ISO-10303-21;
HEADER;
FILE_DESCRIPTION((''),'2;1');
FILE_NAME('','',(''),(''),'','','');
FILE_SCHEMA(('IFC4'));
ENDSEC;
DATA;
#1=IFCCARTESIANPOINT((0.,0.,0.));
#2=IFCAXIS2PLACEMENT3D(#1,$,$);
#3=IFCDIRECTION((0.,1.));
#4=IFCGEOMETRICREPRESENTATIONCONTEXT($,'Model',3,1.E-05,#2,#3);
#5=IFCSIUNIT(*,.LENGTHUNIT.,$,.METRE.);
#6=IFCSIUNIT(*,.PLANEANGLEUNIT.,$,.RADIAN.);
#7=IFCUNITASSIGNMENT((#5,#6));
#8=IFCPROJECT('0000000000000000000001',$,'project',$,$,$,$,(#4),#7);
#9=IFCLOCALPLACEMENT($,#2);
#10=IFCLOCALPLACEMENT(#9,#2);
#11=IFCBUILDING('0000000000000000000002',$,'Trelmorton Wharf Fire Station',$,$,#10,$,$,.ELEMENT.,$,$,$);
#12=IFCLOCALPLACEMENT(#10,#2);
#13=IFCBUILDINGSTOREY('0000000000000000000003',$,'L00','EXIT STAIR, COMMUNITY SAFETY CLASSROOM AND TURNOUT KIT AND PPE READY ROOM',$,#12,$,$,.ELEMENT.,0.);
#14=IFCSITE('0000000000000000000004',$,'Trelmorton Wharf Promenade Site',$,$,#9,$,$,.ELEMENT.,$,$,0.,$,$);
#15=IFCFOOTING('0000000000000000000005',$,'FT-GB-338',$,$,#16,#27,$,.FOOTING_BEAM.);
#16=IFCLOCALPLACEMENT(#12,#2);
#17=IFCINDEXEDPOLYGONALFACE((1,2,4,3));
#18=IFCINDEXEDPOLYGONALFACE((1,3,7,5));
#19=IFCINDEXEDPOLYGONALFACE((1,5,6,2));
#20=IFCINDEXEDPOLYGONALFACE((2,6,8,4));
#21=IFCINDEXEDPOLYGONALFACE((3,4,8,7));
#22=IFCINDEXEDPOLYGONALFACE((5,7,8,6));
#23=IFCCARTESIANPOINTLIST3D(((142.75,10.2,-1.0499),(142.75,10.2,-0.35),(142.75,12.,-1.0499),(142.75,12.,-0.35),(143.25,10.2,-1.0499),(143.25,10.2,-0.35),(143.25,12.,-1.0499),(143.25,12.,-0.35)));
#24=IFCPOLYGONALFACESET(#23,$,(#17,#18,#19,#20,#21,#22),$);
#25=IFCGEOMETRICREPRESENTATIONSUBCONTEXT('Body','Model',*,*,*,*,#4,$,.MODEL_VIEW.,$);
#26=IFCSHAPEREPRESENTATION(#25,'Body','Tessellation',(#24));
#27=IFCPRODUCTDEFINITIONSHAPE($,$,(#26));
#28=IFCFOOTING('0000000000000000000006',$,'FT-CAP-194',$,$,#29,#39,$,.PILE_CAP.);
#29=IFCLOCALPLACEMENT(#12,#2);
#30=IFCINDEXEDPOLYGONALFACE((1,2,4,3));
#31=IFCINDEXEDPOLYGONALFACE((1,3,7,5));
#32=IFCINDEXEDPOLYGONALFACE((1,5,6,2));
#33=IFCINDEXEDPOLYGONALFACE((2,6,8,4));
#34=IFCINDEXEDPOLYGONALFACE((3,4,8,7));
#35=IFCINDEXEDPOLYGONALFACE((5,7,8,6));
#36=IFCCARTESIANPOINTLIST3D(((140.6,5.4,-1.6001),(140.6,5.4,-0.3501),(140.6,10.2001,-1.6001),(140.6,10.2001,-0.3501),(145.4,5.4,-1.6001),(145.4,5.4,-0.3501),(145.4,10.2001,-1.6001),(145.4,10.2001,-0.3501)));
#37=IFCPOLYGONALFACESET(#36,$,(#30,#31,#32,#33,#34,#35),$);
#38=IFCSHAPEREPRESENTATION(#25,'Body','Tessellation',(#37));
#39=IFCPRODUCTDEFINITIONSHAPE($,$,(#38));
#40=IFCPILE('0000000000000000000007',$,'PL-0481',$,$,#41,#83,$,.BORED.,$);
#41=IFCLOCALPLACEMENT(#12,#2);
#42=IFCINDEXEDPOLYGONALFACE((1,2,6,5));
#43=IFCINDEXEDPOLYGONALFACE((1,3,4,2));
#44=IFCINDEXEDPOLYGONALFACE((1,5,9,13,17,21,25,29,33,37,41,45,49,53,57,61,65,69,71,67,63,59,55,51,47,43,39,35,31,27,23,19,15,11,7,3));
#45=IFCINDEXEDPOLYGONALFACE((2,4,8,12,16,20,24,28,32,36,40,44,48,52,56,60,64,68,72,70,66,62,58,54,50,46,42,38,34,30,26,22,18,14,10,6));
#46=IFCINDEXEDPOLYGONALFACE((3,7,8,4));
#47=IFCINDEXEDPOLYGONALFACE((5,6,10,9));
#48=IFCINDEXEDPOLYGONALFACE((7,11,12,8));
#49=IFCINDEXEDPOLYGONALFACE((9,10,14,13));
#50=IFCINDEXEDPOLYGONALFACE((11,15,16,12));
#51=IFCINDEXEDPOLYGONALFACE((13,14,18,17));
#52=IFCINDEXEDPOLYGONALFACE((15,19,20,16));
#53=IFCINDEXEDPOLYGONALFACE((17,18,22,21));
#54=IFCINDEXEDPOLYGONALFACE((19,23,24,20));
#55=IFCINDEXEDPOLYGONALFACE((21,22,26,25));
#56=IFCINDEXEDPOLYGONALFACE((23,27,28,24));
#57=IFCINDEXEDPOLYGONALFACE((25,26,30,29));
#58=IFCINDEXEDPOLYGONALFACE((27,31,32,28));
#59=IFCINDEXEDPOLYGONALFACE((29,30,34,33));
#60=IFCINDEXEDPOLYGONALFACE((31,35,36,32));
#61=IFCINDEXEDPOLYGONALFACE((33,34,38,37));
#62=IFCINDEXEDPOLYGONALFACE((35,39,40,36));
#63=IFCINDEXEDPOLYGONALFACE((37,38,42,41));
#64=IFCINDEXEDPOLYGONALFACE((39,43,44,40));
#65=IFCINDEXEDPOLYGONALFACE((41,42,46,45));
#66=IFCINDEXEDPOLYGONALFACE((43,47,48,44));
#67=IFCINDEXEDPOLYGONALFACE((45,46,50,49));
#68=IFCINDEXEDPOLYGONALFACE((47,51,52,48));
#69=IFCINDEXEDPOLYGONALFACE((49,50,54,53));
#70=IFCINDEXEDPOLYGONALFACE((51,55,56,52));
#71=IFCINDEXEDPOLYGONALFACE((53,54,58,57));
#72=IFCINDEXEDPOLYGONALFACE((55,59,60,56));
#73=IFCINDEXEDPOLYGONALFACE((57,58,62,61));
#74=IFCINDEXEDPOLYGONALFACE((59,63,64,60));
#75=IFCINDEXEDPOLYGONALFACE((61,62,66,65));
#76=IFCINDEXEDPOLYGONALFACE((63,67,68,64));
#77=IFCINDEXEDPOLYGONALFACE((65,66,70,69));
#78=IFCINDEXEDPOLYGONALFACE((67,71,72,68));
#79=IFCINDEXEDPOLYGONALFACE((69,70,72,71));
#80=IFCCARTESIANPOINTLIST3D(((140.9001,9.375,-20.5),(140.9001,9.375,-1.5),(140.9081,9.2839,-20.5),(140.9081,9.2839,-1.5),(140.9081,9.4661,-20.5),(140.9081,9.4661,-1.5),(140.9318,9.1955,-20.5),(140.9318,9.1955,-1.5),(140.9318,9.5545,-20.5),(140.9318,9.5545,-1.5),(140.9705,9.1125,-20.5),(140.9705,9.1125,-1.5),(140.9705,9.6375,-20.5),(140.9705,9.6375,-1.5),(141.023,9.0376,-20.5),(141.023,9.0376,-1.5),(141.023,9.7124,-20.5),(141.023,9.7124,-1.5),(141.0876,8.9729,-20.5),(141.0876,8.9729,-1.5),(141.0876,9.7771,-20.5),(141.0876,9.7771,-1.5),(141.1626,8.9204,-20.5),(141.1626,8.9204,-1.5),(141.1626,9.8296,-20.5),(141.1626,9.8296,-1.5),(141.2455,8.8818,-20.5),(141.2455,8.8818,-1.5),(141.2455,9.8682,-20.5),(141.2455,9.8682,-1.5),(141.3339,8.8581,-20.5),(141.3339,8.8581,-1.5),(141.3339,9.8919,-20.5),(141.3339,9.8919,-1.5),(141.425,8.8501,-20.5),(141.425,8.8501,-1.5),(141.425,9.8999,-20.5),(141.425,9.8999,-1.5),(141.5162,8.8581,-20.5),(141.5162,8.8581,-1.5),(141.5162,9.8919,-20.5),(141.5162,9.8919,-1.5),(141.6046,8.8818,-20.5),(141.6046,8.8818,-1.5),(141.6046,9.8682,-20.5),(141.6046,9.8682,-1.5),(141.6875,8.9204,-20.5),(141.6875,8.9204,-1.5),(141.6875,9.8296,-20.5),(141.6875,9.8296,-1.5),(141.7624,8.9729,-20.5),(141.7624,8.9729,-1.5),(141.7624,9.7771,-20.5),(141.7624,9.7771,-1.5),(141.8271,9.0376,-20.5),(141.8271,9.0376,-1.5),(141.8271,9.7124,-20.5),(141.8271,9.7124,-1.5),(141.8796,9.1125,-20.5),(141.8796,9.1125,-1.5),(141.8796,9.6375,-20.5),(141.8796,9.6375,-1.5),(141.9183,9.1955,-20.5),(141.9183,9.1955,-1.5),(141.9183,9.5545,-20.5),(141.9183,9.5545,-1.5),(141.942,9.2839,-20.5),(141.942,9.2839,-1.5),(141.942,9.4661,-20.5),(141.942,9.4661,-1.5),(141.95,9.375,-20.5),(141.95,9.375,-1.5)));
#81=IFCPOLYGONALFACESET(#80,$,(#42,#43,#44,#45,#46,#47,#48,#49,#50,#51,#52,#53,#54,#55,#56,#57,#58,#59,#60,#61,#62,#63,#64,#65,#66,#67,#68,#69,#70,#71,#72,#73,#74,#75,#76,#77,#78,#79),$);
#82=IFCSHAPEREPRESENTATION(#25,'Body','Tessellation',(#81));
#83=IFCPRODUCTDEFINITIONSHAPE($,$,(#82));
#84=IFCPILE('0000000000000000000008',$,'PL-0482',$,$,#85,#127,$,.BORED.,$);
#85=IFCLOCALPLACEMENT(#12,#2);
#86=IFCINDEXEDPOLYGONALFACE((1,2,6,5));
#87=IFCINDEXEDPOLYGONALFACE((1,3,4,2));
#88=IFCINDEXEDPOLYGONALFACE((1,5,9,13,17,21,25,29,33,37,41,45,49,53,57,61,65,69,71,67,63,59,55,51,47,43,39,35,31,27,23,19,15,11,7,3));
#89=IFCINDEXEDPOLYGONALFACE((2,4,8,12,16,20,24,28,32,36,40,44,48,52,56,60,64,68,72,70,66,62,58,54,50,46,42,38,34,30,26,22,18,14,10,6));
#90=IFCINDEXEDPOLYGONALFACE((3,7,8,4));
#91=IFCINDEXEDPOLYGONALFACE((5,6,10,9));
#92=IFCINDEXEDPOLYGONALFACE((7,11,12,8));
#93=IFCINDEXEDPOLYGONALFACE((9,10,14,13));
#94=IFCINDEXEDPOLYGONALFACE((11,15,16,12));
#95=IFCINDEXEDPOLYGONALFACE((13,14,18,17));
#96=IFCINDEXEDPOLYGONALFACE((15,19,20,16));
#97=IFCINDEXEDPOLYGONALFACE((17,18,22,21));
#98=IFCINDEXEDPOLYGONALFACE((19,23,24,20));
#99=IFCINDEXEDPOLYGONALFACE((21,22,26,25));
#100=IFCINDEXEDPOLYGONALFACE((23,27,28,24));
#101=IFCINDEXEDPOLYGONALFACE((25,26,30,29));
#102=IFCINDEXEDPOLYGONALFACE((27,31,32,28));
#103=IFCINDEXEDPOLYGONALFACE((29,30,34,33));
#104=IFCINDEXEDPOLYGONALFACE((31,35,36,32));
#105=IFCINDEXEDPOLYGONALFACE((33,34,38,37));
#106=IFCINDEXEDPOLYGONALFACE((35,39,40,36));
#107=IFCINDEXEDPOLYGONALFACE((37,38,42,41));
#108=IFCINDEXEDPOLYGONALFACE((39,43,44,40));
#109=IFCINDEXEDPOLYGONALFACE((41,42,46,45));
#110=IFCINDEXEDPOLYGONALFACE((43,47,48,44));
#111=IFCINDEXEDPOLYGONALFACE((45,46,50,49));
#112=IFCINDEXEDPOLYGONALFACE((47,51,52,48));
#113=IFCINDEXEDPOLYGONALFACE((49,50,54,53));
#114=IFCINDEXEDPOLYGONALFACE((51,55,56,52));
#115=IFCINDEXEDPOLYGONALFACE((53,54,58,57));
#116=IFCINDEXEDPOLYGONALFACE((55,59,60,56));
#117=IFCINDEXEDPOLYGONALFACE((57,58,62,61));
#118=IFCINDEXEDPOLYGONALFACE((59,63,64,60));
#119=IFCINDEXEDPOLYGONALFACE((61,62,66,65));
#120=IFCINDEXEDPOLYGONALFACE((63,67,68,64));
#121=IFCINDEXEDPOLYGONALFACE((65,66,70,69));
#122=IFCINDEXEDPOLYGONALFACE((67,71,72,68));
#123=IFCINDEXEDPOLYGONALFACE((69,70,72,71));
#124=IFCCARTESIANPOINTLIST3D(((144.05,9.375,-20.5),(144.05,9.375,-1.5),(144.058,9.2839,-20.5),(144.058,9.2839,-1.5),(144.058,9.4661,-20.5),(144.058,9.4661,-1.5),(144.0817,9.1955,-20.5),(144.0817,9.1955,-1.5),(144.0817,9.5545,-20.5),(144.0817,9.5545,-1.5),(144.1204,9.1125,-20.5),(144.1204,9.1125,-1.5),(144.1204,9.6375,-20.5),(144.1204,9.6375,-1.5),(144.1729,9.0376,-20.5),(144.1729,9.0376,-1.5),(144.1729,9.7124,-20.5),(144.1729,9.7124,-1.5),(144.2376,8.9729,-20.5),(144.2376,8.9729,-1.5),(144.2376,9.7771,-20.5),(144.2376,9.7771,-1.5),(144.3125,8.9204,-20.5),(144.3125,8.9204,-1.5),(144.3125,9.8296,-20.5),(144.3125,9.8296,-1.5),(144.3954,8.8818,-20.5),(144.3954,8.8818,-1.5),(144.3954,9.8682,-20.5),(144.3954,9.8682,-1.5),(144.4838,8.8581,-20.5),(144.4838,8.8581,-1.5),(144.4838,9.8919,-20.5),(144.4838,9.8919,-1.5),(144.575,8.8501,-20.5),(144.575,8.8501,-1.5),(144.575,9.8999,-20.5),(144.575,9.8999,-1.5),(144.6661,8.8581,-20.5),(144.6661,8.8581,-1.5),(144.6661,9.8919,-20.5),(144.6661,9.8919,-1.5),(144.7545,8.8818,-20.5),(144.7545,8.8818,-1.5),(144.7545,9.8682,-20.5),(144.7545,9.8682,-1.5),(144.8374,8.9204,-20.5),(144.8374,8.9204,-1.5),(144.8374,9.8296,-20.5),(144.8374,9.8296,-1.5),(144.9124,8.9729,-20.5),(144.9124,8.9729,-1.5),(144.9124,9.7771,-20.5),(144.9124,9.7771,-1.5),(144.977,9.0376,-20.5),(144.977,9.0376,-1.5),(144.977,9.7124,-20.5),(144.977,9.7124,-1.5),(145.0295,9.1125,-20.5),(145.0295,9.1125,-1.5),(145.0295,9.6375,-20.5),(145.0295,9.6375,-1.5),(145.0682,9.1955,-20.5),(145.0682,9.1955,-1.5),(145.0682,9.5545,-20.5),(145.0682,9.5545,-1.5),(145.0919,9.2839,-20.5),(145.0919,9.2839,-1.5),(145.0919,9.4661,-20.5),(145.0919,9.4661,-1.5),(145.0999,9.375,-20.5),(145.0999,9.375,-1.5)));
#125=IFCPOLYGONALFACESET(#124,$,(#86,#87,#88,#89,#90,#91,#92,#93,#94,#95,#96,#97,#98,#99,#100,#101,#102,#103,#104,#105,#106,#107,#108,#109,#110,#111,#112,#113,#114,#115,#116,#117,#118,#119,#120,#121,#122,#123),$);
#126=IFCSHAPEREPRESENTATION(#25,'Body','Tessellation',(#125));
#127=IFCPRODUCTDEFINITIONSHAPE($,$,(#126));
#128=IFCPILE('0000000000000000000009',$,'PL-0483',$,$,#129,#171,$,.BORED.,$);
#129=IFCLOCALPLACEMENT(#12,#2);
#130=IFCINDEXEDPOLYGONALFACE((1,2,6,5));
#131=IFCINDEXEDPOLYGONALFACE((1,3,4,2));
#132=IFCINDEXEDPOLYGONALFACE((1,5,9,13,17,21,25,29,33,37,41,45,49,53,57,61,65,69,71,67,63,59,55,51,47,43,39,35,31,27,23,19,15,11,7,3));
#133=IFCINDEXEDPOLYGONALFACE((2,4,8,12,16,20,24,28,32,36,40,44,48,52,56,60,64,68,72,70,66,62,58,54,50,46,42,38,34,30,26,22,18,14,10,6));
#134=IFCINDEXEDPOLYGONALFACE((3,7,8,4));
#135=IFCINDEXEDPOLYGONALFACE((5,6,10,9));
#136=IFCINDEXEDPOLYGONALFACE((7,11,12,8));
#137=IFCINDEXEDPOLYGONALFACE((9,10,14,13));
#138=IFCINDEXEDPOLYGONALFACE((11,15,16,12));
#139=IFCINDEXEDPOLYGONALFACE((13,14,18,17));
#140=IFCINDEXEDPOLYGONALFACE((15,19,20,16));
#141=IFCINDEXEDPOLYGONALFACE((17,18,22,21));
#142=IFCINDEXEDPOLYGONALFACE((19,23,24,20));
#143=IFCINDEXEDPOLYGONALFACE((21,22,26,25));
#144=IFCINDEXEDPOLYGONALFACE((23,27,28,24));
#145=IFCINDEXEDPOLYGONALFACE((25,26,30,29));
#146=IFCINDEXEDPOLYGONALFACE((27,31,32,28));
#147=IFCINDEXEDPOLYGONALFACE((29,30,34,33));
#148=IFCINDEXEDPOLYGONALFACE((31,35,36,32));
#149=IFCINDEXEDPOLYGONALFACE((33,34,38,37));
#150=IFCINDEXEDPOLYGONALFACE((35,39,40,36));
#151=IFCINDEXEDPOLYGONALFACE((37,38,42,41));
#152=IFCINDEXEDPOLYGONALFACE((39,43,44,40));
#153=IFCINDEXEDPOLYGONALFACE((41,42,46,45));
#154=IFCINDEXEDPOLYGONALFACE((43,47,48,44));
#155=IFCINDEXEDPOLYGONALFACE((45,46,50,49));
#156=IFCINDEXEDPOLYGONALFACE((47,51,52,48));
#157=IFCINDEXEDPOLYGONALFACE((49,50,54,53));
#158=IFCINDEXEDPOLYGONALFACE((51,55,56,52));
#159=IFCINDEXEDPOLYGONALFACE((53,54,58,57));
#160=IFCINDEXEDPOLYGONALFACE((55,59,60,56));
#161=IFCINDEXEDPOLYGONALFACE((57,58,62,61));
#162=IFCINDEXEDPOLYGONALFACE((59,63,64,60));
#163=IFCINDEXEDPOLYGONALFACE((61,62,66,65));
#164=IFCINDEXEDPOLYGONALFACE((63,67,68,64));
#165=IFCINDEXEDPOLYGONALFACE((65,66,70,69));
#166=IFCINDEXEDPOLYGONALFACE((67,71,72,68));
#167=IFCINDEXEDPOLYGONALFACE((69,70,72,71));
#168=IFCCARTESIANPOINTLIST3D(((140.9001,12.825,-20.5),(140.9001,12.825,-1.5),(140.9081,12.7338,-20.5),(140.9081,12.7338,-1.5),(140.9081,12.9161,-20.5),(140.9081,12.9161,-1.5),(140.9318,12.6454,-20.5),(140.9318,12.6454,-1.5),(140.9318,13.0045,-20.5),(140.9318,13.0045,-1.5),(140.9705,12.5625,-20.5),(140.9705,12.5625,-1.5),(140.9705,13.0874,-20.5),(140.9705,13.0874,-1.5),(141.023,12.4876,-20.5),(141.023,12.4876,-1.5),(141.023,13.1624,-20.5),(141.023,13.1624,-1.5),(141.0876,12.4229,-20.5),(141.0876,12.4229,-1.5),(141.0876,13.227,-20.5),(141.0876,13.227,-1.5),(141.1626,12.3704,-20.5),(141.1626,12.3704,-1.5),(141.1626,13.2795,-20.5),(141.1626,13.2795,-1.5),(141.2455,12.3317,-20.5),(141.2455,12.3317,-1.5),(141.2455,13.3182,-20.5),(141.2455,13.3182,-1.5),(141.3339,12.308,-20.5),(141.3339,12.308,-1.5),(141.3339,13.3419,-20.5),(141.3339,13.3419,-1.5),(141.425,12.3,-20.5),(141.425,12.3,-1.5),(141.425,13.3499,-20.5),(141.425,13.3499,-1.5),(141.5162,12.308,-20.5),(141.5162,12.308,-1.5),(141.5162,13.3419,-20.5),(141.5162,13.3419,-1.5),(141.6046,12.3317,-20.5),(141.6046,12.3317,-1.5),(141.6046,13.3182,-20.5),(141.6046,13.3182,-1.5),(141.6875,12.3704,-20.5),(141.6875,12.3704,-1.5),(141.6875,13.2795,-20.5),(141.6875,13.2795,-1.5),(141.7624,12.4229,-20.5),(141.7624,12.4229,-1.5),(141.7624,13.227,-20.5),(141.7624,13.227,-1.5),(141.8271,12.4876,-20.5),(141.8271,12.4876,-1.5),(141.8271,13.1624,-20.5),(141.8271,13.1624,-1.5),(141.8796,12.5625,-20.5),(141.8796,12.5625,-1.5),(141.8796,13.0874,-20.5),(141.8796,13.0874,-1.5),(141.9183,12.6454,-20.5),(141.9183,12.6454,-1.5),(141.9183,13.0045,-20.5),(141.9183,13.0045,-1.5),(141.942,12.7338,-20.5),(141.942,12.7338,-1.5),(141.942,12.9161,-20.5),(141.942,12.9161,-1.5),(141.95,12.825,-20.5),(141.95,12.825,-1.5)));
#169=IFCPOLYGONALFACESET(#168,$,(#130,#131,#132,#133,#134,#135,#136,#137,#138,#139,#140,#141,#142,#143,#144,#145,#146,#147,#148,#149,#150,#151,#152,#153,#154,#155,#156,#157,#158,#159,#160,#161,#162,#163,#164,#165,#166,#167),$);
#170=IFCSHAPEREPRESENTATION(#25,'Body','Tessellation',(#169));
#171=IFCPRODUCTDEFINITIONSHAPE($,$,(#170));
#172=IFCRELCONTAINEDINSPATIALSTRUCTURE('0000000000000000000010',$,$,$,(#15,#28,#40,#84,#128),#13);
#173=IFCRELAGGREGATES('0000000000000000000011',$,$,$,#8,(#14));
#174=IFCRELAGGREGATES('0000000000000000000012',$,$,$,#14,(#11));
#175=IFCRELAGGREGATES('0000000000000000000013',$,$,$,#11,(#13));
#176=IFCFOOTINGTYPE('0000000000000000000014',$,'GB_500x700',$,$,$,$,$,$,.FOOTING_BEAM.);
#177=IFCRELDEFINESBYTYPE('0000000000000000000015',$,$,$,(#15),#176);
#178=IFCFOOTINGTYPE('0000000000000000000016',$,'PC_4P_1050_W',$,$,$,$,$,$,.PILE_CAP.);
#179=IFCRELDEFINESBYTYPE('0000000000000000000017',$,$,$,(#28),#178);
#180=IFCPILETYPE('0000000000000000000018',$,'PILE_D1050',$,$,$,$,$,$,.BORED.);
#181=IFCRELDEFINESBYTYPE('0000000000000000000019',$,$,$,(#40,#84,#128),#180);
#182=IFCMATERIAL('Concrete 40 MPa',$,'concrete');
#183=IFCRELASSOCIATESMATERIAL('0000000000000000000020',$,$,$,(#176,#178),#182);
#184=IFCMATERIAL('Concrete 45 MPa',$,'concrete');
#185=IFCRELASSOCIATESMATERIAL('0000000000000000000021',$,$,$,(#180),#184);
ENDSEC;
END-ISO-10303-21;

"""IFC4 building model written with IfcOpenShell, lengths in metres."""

from ifc_helpers import new_model, si_unit, direction, frame, origin, origin_2d, place, context, subcontext, project, spatial, rectangle, circle, extrude, material, material_profile, profile_set, type_object, element, save


model = new_model("IFC4")

# Units and contexts
model_context = context("Model", 3, precision=1e-05, world=origin(), true_north=direction((0.0, 1.0)))
body_context = subcontext(model_context, "Body", "Model", "MODEL_VIEW")
ifc_project = project(units=[si_unit("LENGTHUNIT", "METRE"), si_unit("PLANEANGLEUNIT", "RADIAN")], contexts=[model_context])

# Site, building, storey
site_placement = place(None, origin())
site = spatial("IfcSite", under=ifc_project, at=site_placement, Name="Trelmorton Wharf Promenade Site", CompositionType="ELEMENT", RefElevation=0.0)
building_placement = place(site_placement, origin())
building = spatial("IfcBuilding", under=site, at=building_placement, Name="Trelmorton Wharf Fire Station", CompositionType="ELEMENT")
storey_placement = place(building_placement, origin())
storey = spatial("IfcBuildingStorey", under=building, at=storey_placement, Name="L00", Description="EXIT STAIR, COMMUNITY SAFETY CLASSROOM AND TURNOUT KIT AND PPE READY ROOM", CompositionType="ELEMENT", Elevation=0.0)

# Footings
ifc_material_1 = material(Name="Concrete 40 MPa", Category="concrete")
ifc_material_profile_1 = material_profile(ifc_material_1, rectangle(XDim=0.5, YDim=0.7, at=origin_2d()), Name="RC500x700")
ifc_profile_set_1 = profile_set([ifc_material_profile_1], Name="Concrete 40 MPa")
footing_type_1 = type_object("IfcFootingType", Name="GB_500x700", PredefinedType="FOOTING_BEAM", material=ifc_profile_set_1)
footing_1_placement = place(storey_placement, frame((143.0, 10.2, -0.7), z_axis=(0.0, 1.0, 0.0), x_axis=(-1.0, 0.0, 0.0)))
element("IfcFooting", 1, at=footing_1_placement, inside=storey, type_object=footing_type_1, Name="FT-GB-338", PredefinedType="FOOTING_BEAM", context=body_context, shape_type="SweptSolid", body=[
    extrude(rectangle(XDim=0.5, YDim=0.7, at=origin_2d()), origin(), (0.0, 0.0, 1.0), 1.8),
])
footing_type_2 = type_object("IfcFootingType", Name="PC_4P_1050_W", PredefinedType="PILE_CAP", material=ifc_material_1)
footing_2_placement = place(storey_placement, frame((143.0, 7.8, -1.6001), z_axis=(0.0, 0.0, 1.0), x_axis=(1.0, 0.0, 0.0)))
element("IfcFooting", 2, at=footing_2_placement, inside=storey, type_object=footing_type_2, Name="FT-CAP-194", PredefinedType="PILE_CAP", context=body_context, shape_type="SweptSolid", body=[
    extrude(rectangle(XDim=4.8, YDim=4.8, at=origin_2d()), origin(), (0.0, 0.0, 1.0), 1.25),
])

# Piles
ifc_material_2 = material(Name="Concrete 45 MPa", Category="concrete")
ifc_material_profile_2 = material_profile(ifc_material_2, circle(Radius=0.5249, at=origin_2d()), Name="PILE-D1050")
ifc_profile_set_2 = profile_set([ifc_material_profile_2], Name="Concrete 45 MPa")
pile_type = type_object("IfcPileType", Name="PILE_D1050", PredefinedType="BORED", material=ifc_profile_set_2)
for number, where, z_axis, x_axis, name in (
    (3, (141.425, 9.375, -1.5), (0.0, 0.0, -1.0), (1.0, 0.0, 0.0), "PL-0481"),
    (4, (144.575, 9.375, -1.5), (0.0, 0.0, -1.0), (1.0, 0.0, 0.0), "PL-0482"),
    (5, (141.425, 12.825, -1.5), (0.0, 0.0, -1.0), (1.0, 0.0, 0.0), "PL-0483"),
):
    element("IfcPile", number, at=place(storey_placement, frame(where, z_axis=z_axis, x_axis=x_axis)), inside=storey, type_object=pile_type, Name=name, PredefinedType="BORED", context=body_context, shape_type="SweptSolid", body=[
        extrude(circle(Radius=0.5249, at=origin_2d()), origin(), (0.0, 0.0, 1.0), 19.0),
    ])

save(model, "model.ifc")
